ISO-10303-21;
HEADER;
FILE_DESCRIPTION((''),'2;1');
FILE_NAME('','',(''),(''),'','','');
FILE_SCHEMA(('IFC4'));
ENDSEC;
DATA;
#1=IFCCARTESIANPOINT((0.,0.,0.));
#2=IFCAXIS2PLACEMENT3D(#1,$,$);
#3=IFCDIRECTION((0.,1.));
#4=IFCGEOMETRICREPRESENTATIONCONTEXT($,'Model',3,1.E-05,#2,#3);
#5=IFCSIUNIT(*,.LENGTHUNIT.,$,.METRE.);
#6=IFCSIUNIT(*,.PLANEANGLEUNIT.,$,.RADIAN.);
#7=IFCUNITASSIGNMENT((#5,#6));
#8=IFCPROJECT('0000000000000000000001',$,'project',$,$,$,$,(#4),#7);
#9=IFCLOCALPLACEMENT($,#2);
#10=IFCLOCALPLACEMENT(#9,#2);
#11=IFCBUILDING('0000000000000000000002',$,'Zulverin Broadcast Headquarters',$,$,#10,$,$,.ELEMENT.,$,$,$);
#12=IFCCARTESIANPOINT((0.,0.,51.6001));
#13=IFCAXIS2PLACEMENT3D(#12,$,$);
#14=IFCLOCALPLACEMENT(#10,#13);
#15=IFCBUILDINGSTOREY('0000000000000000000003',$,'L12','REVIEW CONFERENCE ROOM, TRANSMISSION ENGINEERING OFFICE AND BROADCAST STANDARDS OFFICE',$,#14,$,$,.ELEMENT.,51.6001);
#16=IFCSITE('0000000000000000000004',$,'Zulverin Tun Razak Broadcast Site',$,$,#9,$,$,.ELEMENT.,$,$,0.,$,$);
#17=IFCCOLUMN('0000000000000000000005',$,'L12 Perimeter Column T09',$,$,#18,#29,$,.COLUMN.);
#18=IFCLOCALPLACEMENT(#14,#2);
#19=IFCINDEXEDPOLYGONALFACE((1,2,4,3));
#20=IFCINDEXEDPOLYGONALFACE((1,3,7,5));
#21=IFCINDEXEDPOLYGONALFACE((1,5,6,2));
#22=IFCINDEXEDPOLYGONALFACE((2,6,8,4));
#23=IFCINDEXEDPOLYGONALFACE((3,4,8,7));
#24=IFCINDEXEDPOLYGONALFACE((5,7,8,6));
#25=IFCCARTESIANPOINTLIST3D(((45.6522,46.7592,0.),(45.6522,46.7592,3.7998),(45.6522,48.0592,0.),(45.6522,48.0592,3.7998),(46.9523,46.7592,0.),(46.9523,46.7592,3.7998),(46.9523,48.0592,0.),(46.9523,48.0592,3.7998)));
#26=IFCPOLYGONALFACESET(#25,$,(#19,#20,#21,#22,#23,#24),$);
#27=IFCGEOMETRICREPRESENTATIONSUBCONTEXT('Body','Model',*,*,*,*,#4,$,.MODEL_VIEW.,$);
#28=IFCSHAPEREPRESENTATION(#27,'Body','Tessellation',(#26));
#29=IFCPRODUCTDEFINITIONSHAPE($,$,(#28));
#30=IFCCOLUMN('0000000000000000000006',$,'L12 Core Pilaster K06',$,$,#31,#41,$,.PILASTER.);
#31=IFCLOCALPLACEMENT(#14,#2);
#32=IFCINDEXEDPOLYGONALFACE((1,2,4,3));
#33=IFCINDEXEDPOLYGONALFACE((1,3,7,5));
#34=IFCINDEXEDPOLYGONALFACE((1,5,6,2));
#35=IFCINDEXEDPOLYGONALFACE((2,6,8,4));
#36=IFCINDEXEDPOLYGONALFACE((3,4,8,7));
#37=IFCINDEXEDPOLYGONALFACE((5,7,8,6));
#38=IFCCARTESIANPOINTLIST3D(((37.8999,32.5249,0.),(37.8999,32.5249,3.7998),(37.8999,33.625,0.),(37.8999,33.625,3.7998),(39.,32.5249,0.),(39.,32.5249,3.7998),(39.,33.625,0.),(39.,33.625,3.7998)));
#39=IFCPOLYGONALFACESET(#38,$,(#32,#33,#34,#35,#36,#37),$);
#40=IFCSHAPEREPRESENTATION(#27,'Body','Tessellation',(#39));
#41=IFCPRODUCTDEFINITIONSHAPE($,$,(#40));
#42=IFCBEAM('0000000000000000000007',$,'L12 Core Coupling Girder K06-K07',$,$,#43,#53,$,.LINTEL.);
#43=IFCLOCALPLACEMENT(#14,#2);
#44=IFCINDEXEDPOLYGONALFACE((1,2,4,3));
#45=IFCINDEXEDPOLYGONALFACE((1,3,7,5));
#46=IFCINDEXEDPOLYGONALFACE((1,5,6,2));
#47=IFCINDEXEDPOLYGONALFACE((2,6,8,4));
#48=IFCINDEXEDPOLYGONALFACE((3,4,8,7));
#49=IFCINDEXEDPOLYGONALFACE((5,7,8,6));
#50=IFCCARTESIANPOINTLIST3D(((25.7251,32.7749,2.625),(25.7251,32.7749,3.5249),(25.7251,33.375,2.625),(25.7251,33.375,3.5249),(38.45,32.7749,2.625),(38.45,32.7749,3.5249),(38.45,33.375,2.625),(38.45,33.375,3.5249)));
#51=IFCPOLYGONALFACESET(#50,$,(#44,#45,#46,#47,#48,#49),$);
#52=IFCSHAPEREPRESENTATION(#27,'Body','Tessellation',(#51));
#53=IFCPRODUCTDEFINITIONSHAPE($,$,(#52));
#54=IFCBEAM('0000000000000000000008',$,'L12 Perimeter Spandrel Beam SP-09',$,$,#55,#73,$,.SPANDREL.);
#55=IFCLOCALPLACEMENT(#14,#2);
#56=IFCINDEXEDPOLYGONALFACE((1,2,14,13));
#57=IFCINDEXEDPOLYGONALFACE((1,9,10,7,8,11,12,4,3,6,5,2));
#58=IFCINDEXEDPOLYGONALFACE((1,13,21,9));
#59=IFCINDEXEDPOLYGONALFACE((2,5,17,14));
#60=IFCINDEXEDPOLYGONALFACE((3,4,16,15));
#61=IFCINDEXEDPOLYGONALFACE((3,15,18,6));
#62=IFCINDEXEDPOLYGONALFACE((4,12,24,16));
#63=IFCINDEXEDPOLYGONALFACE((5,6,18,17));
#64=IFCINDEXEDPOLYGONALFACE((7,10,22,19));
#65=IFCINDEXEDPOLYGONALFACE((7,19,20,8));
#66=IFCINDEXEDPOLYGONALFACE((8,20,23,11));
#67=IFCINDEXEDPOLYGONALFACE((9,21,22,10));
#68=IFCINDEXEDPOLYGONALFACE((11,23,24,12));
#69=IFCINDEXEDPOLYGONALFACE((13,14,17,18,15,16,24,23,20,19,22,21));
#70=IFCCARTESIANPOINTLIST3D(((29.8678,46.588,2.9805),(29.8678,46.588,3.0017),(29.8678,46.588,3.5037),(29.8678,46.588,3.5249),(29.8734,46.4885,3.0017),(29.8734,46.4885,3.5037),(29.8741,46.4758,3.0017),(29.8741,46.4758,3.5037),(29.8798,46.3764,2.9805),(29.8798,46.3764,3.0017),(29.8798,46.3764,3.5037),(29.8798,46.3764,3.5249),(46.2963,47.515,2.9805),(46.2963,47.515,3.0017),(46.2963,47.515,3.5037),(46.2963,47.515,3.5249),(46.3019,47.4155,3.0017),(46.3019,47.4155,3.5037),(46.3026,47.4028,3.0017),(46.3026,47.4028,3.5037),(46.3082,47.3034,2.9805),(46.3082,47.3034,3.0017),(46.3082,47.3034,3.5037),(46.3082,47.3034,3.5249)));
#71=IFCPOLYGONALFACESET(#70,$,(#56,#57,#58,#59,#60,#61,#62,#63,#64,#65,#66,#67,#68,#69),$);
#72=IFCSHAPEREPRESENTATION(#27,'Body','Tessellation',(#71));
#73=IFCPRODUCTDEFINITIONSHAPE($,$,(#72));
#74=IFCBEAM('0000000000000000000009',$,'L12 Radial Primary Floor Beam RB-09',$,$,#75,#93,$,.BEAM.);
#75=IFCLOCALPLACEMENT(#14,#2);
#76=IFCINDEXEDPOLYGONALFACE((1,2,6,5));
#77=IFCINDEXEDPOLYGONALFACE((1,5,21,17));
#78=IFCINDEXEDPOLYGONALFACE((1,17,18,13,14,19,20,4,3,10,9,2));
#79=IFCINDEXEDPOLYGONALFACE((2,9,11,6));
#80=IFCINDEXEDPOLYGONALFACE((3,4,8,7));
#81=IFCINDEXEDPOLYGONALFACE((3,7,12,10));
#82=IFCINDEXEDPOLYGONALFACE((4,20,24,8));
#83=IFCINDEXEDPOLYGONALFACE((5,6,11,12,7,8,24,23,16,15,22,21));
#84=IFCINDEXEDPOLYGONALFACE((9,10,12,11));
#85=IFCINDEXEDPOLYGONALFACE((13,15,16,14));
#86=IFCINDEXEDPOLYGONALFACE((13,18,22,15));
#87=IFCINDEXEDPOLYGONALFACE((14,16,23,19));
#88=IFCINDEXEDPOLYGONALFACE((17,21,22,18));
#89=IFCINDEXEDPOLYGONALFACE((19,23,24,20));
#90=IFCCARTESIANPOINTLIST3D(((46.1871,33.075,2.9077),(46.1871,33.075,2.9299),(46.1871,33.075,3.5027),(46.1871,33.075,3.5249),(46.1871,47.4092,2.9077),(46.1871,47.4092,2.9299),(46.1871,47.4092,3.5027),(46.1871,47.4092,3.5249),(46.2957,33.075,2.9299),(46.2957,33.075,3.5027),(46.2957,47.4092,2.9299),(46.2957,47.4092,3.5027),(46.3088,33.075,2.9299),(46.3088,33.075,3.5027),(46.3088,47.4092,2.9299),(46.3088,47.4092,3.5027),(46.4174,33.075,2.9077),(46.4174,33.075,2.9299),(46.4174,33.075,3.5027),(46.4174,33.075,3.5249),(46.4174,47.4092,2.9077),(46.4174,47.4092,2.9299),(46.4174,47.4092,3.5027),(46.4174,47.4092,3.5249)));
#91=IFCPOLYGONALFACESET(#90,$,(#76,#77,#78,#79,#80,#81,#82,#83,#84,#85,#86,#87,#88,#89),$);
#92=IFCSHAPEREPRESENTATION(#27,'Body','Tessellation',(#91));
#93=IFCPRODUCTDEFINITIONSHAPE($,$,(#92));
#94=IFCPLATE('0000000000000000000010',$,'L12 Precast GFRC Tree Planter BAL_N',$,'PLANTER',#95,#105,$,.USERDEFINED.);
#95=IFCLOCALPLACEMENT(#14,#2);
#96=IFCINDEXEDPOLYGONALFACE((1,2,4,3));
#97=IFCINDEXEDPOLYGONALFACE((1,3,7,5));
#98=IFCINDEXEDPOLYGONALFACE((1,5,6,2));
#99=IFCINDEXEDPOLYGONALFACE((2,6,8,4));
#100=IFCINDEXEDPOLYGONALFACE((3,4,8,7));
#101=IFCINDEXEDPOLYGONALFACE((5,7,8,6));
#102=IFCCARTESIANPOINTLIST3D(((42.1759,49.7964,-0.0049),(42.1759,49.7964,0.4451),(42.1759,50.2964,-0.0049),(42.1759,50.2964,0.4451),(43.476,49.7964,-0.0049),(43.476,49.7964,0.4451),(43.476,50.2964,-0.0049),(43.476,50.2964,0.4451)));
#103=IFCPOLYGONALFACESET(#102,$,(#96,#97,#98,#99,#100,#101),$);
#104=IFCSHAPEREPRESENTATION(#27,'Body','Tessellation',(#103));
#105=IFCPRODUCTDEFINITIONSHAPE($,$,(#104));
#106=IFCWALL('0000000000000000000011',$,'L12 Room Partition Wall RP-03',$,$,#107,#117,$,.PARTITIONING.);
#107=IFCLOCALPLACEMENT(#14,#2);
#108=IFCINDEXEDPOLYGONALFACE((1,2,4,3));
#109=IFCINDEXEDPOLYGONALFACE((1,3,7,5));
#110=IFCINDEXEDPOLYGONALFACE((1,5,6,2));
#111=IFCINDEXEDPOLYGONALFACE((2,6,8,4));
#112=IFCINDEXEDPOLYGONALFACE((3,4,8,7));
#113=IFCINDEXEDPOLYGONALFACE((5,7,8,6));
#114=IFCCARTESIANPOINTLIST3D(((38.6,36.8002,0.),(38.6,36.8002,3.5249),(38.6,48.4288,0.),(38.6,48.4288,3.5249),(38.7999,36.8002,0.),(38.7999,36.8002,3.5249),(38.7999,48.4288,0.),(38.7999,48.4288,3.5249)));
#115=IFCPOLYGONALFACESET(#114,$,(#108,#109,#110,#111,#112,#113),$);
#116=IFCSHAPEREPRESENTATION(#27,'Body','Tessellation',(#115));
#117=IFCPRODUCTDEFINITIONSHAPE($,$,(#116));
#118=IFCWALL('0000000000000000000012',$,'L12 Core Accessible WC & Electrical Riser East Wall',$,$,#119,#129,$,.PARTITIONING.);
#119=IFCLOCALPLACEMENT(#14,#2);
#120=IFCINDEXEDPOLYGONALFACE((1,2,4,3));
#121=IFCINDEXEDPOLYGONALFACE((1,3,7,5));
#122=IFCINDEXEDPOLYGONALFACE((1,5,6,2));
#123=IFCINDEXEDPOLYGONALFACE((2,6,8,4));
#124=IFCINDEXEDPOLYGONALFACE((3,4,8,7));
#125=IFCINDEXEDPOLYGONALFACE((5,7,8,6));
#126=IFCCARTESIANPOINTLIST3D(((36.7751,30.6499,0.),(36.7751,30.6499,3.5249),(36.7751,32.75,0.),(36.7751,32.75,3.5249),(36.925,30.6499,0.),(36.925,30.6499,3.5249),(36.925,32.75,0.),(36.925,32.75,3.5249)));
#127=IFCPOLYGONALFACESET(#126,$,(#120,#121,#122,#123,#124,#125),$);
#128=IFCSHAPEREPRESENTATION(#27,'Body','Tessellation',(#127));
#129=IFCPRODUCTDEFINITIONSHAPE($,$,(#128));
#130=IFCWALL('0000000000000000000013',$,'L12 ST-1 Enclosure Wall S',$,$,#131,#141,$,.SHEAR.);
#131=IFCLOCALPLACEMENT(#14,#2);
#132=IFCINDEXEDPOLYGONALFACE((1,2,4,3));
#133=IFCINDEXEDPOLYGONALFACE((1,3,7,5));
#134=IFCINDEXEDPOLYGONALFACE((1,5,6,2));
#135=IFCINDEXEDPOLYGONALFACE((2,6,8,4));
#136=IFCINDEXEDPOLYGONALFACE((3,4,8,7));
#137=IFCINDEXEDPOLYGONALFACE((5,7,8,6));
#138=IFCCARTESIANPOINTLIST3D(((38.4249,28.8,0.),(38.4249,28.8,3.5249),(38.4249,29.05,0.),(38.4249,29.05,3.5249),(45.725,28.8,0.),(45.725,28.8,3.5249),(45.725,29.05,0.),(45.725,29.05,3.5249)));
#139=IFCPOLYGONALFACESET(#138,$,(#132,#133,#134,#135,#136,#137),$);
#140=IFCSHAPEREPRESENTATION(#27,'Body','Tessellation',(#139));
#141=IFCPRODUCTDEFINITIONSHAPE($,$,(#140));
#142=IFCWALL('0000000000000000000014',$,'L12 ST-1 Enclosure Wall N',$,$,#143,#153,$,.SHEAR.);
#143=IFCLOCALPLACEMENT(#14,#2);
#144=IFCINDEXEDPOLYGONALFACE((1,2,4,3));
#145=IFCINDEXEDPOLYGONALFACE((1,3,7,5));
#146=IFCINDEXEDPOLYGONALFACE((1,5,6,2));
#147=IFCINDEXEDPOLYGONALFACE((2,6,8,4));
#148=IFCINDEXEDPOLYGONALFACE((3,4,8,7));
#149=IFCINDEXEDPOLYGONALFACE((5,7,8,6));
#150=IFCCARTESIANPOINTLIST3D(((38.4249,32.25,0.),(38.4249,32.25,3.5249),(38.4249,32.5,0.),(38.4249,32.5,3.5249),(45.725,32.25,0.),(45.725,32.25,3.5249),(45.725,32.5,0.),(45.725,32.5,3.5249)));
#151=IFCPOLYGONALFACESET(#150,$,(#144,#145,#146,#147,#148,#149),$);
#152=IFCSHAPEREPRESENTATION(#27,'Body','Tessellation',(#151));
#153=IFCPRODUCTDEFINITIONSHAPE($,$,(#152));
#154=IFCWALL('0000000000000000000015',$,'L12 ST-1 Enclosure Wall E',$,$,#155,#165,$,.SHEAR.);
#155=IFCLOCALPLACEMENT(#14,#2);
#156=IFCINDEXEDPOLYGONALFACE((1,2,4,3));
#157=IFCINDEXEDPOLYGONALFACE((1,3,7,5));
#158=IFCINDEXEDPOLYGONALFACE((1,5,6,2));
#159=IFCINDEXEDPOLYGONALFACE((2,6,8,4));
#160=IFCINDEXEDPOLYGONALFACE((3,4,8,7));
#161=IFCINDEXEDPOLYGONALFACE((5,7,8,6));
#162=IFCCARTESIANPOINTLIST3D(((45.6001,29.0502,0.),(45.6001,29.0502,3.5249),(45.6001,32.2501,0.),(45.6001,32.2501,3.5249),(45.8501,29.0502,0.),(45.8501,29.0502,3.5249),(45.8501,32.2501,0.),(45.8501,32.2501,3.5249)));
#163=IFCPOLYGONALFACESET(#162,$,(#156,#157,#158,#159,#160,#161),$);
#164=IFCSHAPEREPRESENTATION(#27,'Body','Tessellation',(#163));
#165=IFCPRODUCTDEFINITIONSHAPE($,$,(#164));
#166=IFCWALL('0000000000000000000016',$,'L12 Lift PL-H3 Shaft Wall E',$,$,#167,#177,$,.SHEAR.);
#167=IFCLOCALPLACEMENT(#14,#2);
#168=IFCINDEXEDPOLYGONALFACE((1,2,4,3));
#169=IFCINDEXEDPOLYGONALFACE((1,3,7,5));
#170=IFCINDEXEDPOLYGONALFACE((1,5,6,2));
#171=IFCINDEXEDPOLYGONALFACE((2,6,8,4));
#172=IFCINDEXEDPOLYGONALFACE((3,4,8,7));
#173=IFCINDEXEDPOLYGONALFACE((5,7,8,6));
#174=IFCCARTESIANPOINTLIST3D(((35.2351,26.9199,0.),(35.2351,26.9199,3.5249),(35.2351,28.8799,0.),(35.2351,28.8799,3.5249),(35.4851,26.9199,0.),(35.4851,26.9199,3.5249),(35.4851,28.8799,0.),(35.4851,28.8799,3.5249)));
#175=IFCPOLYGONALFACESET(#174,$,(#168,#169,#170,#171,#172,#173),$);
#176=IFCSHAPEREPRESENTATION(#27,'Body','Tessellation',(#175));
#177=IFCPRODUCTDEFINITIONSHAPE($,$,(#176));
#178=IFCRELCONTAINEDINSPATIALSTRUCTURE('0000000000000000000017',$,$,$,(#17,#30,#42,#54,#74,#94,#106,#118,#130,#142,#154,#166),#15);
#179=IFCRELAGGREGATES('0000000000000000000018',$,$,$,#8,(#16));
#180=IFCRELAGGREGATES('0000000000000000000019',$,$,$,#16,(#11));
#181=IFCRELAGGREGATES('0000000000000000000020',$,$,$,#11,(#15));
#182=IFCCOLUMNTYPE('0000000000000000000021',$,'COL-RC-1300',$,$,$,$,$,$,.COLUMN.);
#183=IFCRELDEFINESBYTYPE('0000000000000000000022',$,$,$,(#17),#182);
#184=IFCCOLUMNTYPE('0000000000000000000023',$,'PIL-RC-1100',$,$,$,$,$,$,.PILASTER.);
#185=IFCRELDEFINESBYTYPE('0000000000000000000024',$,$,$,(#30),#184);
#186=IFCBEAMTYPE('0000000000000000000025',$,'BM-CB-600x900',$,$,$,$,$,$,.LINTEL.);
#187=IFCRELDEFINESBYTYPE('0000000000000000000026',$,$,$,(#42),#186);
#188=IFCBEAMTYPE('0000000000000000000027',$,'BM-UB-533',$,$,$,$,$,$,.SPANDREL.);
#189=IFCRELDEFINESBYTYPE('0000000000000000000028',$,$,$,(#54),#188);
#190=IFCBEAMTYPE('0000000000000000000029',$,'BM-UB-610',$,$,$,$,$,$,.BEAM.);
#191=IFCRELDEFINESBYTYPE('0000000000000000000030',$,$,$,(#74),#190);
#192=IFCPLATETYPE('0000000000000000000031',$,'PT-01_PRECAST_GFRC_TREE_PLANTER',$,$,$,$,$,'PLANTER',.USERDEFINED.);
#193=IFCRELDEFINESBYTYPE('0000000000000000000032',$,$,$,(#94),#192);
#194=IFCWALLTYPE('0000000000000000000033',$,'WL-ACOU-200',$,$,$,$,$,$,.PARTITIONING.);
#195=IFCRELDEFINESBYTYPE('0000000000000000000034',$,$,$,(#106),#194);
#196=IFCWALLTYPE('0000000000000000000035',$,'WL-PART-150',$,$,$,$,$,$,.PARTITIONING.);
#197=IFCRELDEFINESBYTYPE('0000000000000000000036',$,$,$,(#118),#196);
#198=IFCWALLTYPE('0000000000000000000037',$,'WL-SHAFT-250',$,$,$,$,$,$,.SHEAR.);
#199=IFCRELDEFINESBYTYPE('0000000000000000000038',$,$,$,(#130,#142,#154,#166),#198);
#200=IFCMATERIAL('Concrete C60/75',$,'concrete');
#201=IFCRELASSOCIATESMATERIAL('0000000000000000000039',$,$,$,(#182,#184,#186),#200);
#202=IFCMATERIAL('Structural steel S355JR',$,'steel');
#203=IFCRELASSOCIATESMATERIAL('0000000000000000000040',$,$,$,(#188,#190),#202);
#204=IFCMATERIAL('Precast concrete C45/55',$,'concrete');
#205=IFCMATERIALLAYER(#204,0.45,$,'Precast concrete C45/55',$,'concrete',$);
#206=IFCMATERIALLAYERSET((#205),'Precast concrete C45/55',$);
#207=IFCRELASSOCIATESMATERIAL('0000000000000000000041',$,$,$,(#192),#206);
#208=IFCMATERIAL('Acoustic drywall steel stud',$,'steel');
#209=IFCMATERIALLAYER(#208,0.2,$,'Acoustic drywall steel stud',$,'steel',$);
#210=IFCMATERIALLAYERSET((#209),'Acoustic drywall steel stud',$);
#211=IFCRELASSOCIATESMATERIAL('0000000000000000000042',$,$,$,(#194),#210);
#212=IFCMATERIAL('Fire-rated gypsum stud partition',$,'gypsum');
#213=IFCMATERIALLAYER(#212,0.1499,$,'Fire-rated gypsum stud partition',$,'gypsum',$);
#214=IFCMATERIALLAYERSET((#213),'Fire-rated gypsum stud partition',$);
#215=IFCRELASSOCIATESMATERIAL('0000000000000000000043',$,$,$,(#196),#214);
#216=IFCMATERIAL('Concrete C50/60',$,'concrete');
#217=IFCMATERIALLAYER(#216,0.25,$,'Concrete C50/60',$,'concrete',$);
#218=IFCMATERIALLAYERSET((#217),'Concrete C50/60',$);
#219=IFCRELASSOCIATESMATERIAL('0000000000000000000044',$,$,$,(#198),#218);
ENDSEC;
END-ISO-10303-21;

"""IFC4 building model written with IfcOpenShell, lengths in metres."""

from ifc_helpers import new_model, si_unit, direction, frame, frame_2d, origin, origin_2d, place, context, subcontext, project, spatial, rectangle, i_section, extrude, material, layer, layer_set, material_profile, profile_set, type_object, element, save


model = new_model("IFC4")

# Units and contexts
model_context = context("Model", 3, precision=1e-05, world=origin(), true_north=direction((0.0, 1.0)))
body_context = subcontext(model_context, "Body", "Model", "MODEL_VIEW")
ifc_project = project(units=[si_unit("LENGTHUNIT", "METRE"), si_unit("PLANEANGLEUNIT", "RADIAN")], contexts=[model_context])

# Site, building, storey
site_placement = place(None, origin())
site = spatial("IfcSite", under=ifc_project, at=site_placement, Name="Zulverin Tun Razak Broadcast Site", CompositionType="ELEMENT", RefElevation=0.0)
building_placement = place(site_placement, origin())
building = spatial("IfcBuilding", under=site, at=building_placement, Name="Zulverin Broadcast Headquarters", CompositionType="ELEMENT")
storey_placement = place(building_placement, frame((0.0, 0.0, 51.6001)))
storey = spatial("IfcBuildingStorey", under=building, at=storey_placement, Name="L12", Description="REVIEW CONFERENCE ROOM, TRANSMISSION ENGINEERING OFFICE AND BROADCAST STANDARDS OFFICE", CompositionType="ELEMENT", Elevation=51.6001)

# Columns
ifc_material_1 = material(Name="Concrete C60/75", Category="concrete")
ifc_material_profile_1 = material_profile(ifc_material_1, rectangle(XDim=1.3, YDim=1.3, at=origin_2d()), Name="Concrete C60/75", Category="concrete")
ifc_profile_set_1 = profile_set([ifc_material_profile_1], Name="Concrete C60/75")
column_type_1 = type_object("IfcColumnType", Name="COL-RC-1300", PredefinedType="COLUMN", material=ifc_profile_set_1)
column_1_placement = place(storey_placement, frame((46.3022, 47.4092, 0.0), z_axis=(0.0, 0.0, 1.0), x_axis=(1.0, 0.0, 0.0)))
element("IfcColumn", 1, at=column_1_placement, inside=storey, type_object=column_type_1, Name="L12 Perimeter Column T09", PredefinedType="COLUMN", context=body_context, shape_type="SweptSolid", body=[
    extrude(rectangle(XDim=1.3, YDim=1.3, at=origin_2d()), origin(), (0.0, 0.0, 1.0), 3.7998),
])
ifc_material_profile_2 = material_profile(ifc_material_1, rectangle(XDim=1.1001, YDim=1.1001, at=origin_2d()), Name="Concrete C60/75", Category="concrete")
ifc_profile_set_2 = profile_set([ifc_material_profile_2], Name="Concrete C60/75")
column_type_2 = type_object("IfcColumnType", Name="PIL-RC-1100", PredefinedType="PILASTER", material=ifc_profile_set_2)
column_2_placement = place(storey_placement, frame((38.45, 33.075, 0.0), z_axis=(0.0, 0.0, 1.0), x_axis=(1.0, 0.0, 0.0)))
element("IfcColumn", 2, at=column_2_placement, inside=storey, type_object=column_type_2, Name="L12 Core Pilaster K06", PredefinedType="PILASTER", context=body_context, shape_type="SweptSolid", body=[
    extrude(rectangle(XDim=1.1001, YDim=1.1001, at=origin_2d()), origin(), (0.0, 0.0, 1.0), 3.7998),
])

# Beams
ifc_material_profile_3 = material_profile(ifc_material_1, rectangle(XDim=0.6001, YDim=0.8999, at=origin_2d()), Name="Concrete C60/75", Category="concrete")
ifc_profile_set_3 = profile_set([ifc_material_profile_3], Name="Concrete C60/75")
beam_type_1 = type_object("IfcBeamType", Name="BM-CB-600x900", PredefinedType="LINTEL", material=ifc_profile_set_3)
beam_1_placement = place(storey_placement, frame((38.45, 33.075, 3.075), z_axis=(-1.0, 0.0, 0.0), x_axis=(0.0, -1.0, 0.0)))
element("IfcBeam", 3, at=beam_1_placement, inside=storey, type_object=beam_type_1, Name="L12 Core Coupling Girder K06-K07", PredefinedType="LINTEL", context=body_context, shape_type="SweptSolid", body=[
    extrude(rectangle(XDim=0.6001, YDim=0.8999, at=origin_2d()), origin(), (0.0, 0.0, 1.0), 12.7249),
])
ifc_material_2 = material(Name="Structural steel S355JR", Category="steel")
ifc_material_profile_4 = material_profile(ifc_material_2, i_section(OverallWidth=0.2119, OverallDepth=0.5444, WebThickness=0.0127, FlangeThickness=0.0212, at=origin_2d()), Name="Structural steel S355JR", Category="steel")
ifc_profile_set_4 = profile_set([ifc_material_profile_4], Name="Structural steel S355JR")
beam_type_2 = type_object("IfcBeamType", Name="BM-UB-533", PredefinedType="SPANDREL", material=ifc_profile_set_4)
beam_2_placement = place(storey_placement, frame((46.3022, 47.4092, 3.2527), z_axis=(-0.998412, -0.056337, 0.0), x_axis=(0.056337, -0.998412, 0.0)))
element("IfcBeam", 4, at=beam_2_placement, inside=storey, type_object=beam_type_2, Name="L12 Perimeter Spandrel Beam SP-09", PredefinedType="SPANDREL", context=body_context, shape_type="SweptSolid", body=[
    extrude(i_section(OverallWidth=0.2119, OverallDepth=0.5444, WebThickness=0.0127, FlangeThickness=0.0212, at=origin_2d()), origin(), (0.0, 0.0, 1.0), 16.4546),
])
ifc_material_profile_5 = material_profile(ifc_material_2, i_section(OverallWidth=0.2302, OverallDepth=0.6172, WebThickness=0.0132, FlangeThickness=0.0222, at=origin_2d()), Name="Structural steel S355JR", Category="steel")
ifc_profile_set_5 = profile_set([ifc_material_profile_5], Name="Structural steel S355JR")
beam_type_3 = type_object("IfcBeamType", Name="BM-UB-610", PredefinedType="BEAM", material=ifc_profile_set_5)
beam_3_placement = place(storey_placement, frame((46.3022, 33.075, 3.2163), z_axis=(0.0, 1.0, 0.0), x_axis=(-1.0, 0.0, 0.0)))
element("IfcBeam", 5, at=beam_3_placement, inside=storey, type_object=beam_type_3, Name="L12 Radial Primary Floor Beam RB-09", PredefinedType="BEAM", context=body_context, shape_type="SweptSolid", body=[
    extrude(i_section(OverallWidth=0.2302, OverallDepth=0.6172, WebThickness=0.0132, FlangeThickness=0.0222, at=origin_2d()), origin(), (0.0, 0.0, 1.0), 14.3342),
])

# Plate
ifc_material_3 = material(Name="Precast concrete C45/55", Category="concrete")
ifc_layer_1 = layer(ifc_material_3, 0.45, Name="Precast concrete C45/55", Category="concrete")
ifc_layer_set_1 = layer_set([ifc_layer_1], Name="Precast concrete C45/55")
plate_type = type_object("IfcPlateType", Name="PT-01_PRECAST_GFRC_TREE_PLANTER", ElementType="PLANTER", PredefinedType="USERDEFINED", material=ifc_layer_set_1)
plate_placement = place(storey_placement, frame((42.8259, 50.0464, -0.0049), z_axis=(0.0, 0.0, 1.0), x_axis=(1.0, 0.0, 0.0)))
element("IfcPlate", 6, at=plate_placement, inside=storey, type_object=plate_type, Name="L12 Precast GFRC Tree Planter BAL_N", ObjectType="PLANTER", PredefinedType="USERDEFINED", context=body_context, shape_type="SweptSolid", body=[
    extrude(rectangle(XDim=1.3, YDim=0.5, at=origin_2d()), origin(), (0.0, 0.0, 1.0), 0.45),
])

# Walls
ifc_material_4 = material(Name="Acoustic drywall steel stud", Category="steel")
ifc_layer_2 = layer(ifc_material_4, 0.2, Name="Acoustic drywall steel stud", Category="steel")
ifc_layer_set_2 = layer_set([ifc_layer_2], Name="Acoustic drywall steel stud")
wall_type_1 = type_object("IfcWallType", Name="WL-ACOU-200", PredefinedType="PARTITIONING", material=ifc_layer_set_2)
wall_1_placement = place(storey_placement, frame((38.7, 36.8, 0.0), z_axis=(0.0, 0.0, 1.0), x_axis=(0.0, 1.0, 0.0)))
element("IfcWall", 7, at=wall_1_placement, inside=storey, type_object=wall_type_1, Name="L12 Room Partition Wall RP-03", PredefinedType="PARTITIONING", context=body_context, shape_type="SweptSolid", body=[
    extrude(rectangle(XDim=11.6287, YDim=0.2, at=frame_2d((5.8145, 0.0))), origin(), (0.0, 0.0, 1.0), 3.5249),
])
ifc_material_5 = material(Name="Fire-rated gypsum stud partition", Category="gypsum")
ifc_layer_3 = layer(ifc_material_5, 0.1499, Name="Fire-rated gypsum stud partition", Category="gypsum")
ifc_layer_set_3 = layer_set([ifc_layer_3], Name="Fire-rated gypsum stud partition")
wall_type_2 = type_object("IfcWallType", Name="WL-PART-150", PredefinedType="PARTITIONING", material=ifc_layer_set_3)
wall_2_placement = place(storey_placement, frame((36.8501, 30.6499, 0.0), z_axis=(0.0, 0.0, 1.0), x_axis=(0.0, 1.0, 0.0)))
element("IfcWall", 8, at=wall_2_placement, inside=storey, type_object=wall_type_2, Name="L12 Core Accessible WC & Electrical Riser East Wall", PredefinedType="PARTITIONING", context=body_context, shape_type="SweptSolid", body=[
    extrude(rectangle(XDim=2.1001, YDim=0.1499, at=frame_2d((1.05, 0.0))), origin(), (0.0, 0.0, 1.0), 3.5249),
])
ifc_material_6 = material(Name="Concrete C50/60", Category="concrete")
ifc_layer_4 = layer(ifc_material_6, 0.25, Name="Concrete C50/60", Category="concrete")
ifc_layer_set_4 = layer_set([ifc_layer_4], Name="Concrete C50/60")
wall_type_3 = type_object("IfcWallType", Name="WL-SHAFT-250", PredefinedType="SHEAR", material=ifc_layer_set_4)
for number, where, z_axis, x_axis, name in (
    (9, (38.425, 28.925, 0.0), (0.0, 0.0, 1.0), (1.0, 0.0, 0.0), "L12 ST-1 Enclosure Wall S"),
    (10, (38.425, 32.375, 0.0), (0.0, 0.0, 1.0), (1.0, 0.0, 0.0), "L12 ST-1 Enclosure Wall N"),
):
    element("IfcWall", number, at=place(storey_placement, frame(where, z_axis=z_axis, x_axis=x_axis)), inside=storey, type_object=wall_type_3, Name=name, PredefinedType="SHEAR", context=body_context, shape_type="SweptSolid", body=[
        extrude(rectangle(XDim=7.3, YDim=0.25, at=frame_2d((3.6499, 0.0))), origin(), (0.0, 0.0, 1.0), 3.5249),
    ])

# Walls
wall_3_placement = place(storey_placement, frame((45.7251, 29.05, 0.0), z_axis=(0.0, 0.0, 1.0), x_axis=(0.0, 1.0, 0.0)))
element("IfcWall", 11, at=wall_3_placement, inside=storey, type_object=wall_type_3, Name="L12 ST-1 Enclosure Wall E", PredefinedType="SHEAR", context=body_context, shape_type="SweptSolid", body=[
    extrude(rectangle(XDim=3.2, YDim=0.25, at=frame_2d((1.6001, 0.0))), origin(), (0.0, 0.0, 1.0), 3.5249),
])
wall_4_placement = place(storey_placement, frame((35.3601, 26.9199, 0.0), z_axis=(0.0, 0.0, 1.0), x_axis=(0.0, 1.0, 0.0)))
element("IfcWall", 12, at=wall_4_placement, inside=storey, type_object=wall_type_3, Name="L12 Lift PL-H3 Shaft Wall E", PredefinedType="SHEAR", context=body_context, shape_type="SweptSolid", body=[
    extrude(rectangle(XDim=1.96, YDim=0.25, at=frame_2d((0.98, 0.0))), origin(), (0.0, 0.0, 1.0), 3.5249),
])

save(model, "model.ifc")
